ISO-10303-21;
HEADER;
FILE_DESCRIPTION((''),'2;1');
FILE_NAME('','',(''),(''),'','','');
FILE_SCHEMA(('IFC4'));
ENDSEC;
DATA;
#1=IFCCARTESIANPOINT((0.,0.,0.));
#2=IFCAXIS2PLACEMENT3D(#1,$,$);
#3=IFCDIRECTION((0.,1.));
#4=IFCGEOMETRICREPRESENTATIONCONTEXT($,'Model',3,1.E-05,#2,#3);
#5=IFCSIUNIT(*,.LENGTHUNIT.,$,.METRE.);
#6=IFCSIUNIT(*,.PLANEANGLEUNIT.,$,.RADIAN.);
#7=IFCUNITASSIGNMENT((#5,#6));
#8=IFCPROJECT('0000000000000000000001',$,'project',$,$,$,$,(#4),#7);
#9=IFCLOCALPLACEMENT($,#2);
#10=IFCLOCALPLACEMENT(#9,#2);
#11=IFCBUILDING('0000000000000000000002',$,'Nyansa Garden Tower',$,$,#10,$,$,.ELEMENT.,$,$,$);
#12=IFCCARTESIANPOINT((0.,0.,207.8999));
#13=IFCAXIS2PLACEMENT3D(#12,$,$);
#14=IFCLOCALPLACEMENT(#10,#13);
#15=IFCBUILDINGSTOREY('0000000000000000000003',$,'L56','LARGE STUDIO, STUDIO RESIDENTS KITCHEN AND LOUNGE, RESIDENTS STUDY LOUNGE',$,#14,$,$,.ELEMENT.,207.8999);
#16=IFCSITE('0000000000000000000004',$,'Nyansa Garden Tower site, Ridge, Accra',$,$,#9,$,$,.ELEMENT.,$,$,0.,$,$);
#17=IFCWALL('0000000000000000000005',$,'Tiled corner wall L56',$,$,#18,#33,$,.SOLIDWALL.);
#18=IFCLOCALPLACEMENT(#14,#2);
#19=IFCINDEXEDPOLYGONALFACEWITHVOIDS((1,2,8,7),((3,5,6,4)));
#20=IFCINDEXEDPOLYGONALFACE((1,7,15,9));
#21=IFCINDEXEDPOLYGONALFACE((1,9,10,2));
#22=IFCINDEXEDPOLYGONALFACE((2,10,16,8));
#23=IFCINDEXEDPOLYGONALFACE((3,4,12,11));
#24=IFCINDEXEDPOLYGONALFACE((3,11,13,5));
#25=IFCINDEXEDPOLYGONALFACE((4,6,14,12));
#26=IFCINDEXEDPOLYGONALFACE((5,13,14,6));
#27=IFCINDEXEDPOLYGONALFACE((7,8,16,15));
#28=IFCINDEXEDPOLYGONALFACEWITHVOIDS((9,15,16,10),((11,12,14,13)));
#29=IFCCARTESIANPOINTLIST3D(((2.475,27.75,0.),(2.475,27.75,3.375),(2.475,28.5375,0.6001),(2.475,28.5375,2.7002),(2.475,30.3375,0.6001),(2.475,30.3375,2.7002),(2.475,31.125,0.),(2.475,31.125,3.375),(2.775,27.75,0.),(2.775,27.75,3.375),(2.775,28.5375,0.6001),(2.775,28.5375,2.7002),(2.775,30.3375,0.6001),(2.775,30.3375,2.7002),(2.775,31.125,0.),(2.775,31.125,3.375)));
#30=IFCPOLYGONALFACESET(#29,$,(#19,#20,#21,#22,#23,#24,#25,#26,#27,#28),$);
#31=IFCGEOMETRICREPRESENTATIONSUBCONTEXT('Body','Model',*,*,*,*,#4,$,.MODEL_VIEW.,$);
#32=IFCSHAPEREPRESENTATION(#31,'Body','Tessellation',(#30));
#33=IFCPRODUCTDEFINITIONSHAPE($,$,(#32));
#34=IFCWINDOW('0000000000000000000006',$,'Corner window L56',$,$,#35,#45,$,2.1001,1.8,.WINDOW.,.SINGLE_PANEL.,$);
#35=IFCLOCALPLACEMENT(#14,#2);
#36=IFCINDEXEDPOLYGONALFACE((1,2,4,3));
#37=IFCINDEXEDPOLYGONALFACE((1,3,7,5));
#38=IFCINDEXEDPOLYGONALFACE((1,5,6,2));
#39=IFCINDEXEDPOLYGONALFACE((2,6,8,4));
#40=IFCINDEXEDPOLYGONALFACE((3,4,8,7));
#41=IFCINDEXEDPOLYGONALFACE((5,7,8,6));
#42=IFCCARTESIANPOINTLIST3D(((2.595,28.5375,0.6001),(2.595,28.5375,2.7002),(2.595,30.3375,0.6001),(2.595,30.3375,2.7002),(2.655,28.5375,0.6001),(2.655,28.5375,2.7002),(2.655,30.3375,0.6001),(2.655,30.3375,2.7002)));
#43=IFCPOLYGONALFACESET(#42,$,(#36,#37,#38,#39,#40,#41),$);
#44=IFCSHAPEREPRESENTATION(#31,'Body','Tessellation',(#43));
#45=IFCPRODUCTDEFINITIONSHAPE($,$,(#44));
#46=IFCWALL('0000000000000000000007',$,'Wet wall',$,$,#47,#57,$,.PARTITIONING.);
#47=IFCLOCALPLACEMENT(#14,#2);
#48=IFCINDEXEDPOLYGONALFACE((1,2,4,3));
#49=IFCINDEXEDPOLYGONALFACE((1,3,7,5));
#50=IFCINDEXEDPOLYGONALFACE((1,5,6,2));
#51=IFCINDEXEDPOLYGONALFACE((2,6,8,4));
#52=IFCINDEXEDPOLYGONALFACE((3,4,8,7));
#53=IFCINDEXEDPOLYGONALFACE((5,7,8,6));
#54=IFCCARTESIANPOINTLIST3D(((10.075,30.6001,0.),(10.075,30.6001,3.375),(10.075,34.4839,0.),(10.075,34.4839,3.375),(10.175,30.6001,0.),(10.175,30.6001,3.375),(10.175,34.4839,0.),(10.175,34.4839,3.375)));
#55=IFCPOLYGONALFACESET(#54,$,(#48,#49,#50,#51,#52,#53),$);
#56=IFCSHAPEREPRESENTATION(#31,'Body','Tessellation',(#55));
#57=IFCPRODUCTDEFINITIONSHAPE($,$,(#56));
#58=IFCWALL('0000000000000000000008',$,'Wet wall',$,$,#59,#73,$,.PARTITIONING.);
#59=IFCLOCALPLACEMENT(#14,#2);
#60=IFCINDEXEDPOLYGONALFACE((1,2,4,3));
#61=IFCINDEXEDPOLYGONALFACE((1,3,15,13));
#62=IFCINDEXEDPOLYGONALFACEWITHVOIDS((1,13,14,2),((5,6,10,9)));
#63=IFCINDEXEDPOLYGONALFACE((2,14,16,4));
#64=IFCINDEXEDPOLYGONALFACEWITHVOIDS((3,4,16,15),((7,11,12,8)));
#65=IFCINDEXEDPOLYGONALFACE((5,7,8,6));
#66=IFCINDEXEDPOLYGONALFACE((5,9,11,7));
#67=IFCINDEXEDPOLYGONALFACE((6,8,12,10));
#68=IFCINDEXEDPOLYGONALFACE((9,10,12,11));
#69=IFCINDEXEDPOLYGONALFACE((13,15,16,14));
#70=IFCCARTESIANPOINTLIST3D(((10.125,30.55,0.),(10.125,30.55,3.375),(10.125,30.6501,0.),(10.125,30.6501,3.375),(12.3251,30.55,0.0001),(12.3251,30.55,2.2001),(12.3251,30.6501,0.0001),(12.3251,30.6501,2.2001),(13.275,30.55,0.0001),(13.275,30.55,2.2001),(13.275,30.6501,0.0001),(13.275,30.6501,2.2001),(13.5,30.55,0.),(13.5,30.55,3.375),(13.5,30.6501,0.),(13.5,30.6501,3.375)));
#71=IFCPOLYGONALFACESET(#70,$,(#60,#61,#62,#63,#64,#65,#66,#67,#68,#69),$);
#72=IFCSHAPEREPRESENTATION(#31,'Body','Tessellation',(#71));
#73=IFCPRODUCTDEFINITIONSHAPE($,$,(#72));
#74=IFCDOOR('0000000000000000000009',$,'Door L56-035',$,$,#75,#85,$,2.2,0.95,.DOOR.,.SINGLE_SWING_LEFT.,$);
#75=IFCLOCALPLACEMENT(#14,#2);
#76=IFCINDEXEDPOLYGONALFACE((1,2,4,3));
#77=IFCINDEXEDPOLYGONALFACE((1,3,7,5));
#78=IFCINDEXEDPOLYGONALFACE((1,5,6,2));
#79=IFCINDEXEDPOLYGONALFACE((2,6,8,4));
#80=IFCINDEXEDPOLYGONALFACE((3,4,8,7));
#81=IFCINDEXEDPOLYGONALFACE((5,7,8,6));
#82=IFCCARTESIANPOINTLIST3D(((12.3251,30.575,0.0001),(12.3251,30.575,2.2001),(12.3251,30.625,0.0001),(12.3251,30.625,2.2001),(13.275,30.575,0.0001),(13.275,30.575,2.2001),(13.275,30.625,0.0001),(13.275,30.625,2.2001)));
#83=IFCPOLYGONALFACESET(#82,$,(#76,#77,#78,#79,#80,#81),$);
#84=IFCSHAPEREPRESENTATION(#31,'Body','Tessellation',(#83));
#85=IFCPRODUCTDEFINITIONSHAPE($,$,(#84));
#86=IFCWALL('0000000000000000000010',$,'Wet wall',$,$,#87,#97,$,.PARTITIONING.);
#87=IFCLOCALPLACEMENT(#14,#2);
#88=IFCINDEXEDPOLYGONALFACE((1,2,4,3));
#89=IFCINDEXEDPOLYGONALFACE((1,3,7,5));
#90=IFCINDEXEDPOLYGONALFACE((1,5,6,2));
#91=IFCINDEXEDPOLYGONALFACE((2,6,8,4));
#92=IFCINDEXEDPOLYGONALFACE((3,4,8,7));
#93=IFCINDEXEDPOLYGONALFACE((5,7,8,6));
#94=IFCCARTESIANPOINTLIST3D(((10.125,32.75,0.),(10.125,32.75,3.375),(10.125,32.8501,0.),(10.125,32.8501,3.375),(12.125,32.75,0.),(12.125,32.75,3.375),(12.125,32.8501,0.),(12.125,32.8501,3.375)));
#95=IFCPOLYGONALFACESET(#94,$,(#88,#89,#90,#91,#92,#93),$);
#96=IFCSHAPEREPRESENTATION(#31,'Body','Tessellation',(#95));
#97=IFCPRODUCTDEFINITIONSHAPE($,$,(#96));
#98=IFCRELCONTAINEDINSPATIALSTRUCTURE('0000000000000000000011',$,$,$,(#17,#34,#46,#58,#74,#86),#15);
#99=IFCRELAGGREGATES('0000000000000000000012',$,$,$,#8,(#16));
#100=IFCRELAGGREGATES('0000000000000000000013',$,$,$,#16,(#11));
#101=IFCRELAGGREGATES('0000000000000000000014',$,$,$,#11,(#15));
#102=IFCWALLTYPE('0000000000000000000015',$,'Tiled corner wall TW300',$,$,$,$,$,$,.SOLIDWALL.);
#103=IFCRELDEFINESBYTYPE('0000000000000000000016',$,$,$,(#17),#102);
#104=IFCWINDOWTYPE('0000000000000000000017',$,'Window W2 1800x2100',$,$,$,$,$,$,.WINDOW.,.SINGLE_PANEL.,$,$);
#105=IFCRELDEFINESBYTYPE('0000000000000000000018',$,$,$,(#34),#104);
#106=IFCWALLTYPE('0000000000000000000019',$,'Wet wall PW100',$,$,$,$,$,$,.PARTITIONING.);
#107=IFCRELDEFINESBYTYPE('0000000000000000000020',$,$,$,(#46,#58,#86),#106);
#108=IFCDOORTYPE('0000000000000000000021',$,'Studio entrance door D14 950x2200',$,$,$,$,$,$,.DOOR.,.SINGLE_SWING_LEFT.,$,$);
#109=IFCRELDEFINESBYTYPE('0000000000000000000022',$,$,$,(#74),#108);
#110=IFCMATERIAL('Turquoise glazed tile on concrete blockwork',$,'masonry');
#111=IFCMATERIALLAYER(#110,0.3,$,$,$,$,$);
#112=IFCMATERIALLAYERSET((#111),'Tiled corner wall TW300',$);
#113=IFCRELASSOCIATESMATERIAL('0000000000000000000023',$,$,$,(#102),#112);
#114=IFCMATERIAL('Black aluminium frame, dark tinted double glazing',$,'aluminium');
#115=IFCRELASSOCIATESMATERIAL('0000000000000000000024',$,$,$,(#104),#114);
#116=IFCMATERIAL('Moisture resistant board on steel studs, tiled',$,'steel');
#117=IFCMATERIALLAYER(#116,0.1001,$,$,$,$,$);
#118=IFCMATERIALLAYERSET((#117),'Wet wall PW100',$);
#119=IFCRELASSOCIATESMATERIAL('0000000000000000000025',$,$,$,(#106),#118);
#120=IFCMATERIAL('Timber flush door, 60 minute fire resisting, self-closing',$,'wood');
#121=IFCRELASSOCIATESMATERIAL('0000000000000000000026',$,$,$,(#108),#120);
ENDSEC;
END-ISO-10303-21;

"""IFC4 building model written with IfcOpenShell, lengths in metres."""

from ifc_helpers import new_model, si_unit, direction, frame, frame_2d, origin, place, context, subcontext, project, spatial, rectangle, extrude, material, layer, layer_set, type_object, element, fill, save


model = new_model("IFC4")

# Units and contexts
model_context = context("Model", 3, precision=1e-05, world=origin(), true_north=direction((0.0, 1.0)))
body_context = subcontext(model_context, "Body", "Model", "MODEL_VIEW")
ifc_project = project(units=[si_unit("LENGTHUNIT", "METRE"), si_unit("PLANEANGLEUNIT", "RADIAN")], contexts=[model_context])

# Site, building, storey
site_placement = place(None, origin())
site = spatial("IfcSite", under=ifc_project, at=site_placement, Name="Nyansa Garden Tower site, Ridge, Accra", CompositionType="ELEMENT", RefElevation=0.0)
building_placement = place(site_placement, origin())
building = spatial("IfcBuilding", under=site, at=building_placement, Name="Nyansa Garden Tower", CompositionType="ELEMENT")
storey_placement = place(building_placement, frame((0.0, 0.0, 207.8999)))
storey = spatial("IfcBuildingStorey", under=building, at=storey_placement, Name="L56", Description="LARGE STUDIO, STUDIO RESIDENTS KITCHEN AND LOUNGE, RESIDENTS STUDY LOUNGE", CompositionType="ELEMENT", Elevation=207.8999)

# Wall, opening, window
ifc_material_1 = material(Name="Turquoise glazed tile on concrete blockwork", Category="masonry")
ifc_layer_1 = layer(ifc_material_1, 0.3)
ifc_layer_set_1 = layer_set([ifc_layer_1], Name="Tiled corner wall TW300")
wall_type_1 = type_object("IfcWallType", Name="Tiled corner wall TW300", PredefinedType="SOLIDWALL", material=ifc_layer_set_1)
ifc_material_2 = material(Name="Black aluminium frame, dark tinted double glazing", Category="aluminium")
window_type = type_object("IfcWindowType", Name="Window W2 1800x2100", PartitioningType="SINGLE_PANEL", PredefinedType="WINDOW", material=ifc_material_2)
wall_1_placement = place(storey_placement, frame((2.625, 31.125, 0.0), z_axis=(0.0, 0.0, 1.0), x_axis=(0.0, -1.0, 0.0)))
wall_1 = element("IfcWall", 1, at=wall_1_placement, inside=storey, type_object=wall_type_1, Name="Tiled corner wall L56", PredefinedType="SOLIDWALL", context=body_context, shape_type="SweptSolid", body=[
    extrude(rectangle(XDim=3.375, YDim=0.3, at=frame_2d((1.6875, 0.0))), origin(), (0.0, 0.0, 1.0), 3.375),
])
opening_1_placement = place(wall_1_placement, frame((0.7876, 0.0, 0.6001)))
opening_1 = element("IfcOpeningElement", 2, at=opening_1_placement, cuts=wall_1, PredefinedType="OPENING", context=body_context, shape_type="SweptSolid", body=[
    extrude(rectangle(XDim=1.8, YDim=2.1001, at=frame_2d((0.8999, 1.05))), frame((0.0, 0.1599, 0.0), z_axis=(0.0, -1.0, 0.0), x_axis=(1.0, 0.0, 0.0)), (0.0, 0.0, 1.0), 0.3201),
])
window_1_placement = place(opening_1_placement, origin())
window_1 = element("IfcWindow", 3, at=window_1_placement, inside=storey, type_object=window_type, Name="Corner window L56", OverallHeight=2.1001, OverallWidth=1.8, PartitioningType="SINGLE_PANEL", PredefinedType="WINDOW", context=body_context, shape_type="SweptSolid", body=[
    extrude(rectangle(XDim=1.8, YDim=2.1001, at=frame_2d((0.8999, 1.05))), frame((0.0, 0.03, 0.0), z_axis=(0.0, -1.0, 0.0), x_axis=(1.0, 0.0, 0.0)), (0.0, 0.0, 1.0), 0.0601),
])
fill(opening_1, window_1)

# Wall
ifc_material_3 = material(Name="Moisture resistant board on steel studs, tiled", Category="steel")
ifc_layer_2 = layer(ifc_material_3, 0.1001)
ifc_layer_set_2 = layer_set([ifc_layer_2], Name="Wet wall PW100")
wall_type_2 = type_object("IfcWallType", Name="Wet wall PW100", PredefinedType="PARTITIONING", material=ifc_layer_set_2)
wall_2_placement = place(storey_placement, frame((10.125, 30.6001, 0.0), z_axis=(0.0, 0.0, 1.0), x_axis=(0.0, 1.0, 0.0)))
element("IfcWall", 4, at=wall_2_placement, inside=storey, type_object=wall_type_2, Name="Wet wall", PredefinedType="PARTITIONING", context=body_context, shape_type="SweptSolid", body=[
    extrude(rectangle(XDim=3.8838, YDim=0.1001, at=frame_2d((1.9419, 0.0))), origin(), (0.0, 0.0, 1.0), 3.375),
])

# Wall, opening, door
wall_3_placement = place(storey_placement, frame((10.125, 30.6001, 0.0), z_axis=(0.0, 0.0, 1.0), x_axis=(1.0, 0.0, 0.0)))
wall_3 = element("IfcWall", 5, at=wall_3_placement, inside=storey, type_object=wall_type_2, Name="Wet wall", PredefinedType="PARTITIONING", context=body_context, shape_type="SweptSolid", body=[
    extrude(rectangle(XDim=3.375, YDim=0.1001, at=frame_2d((1.6875, 0.0))), origin(), (0.0, 0.0, 1.0), 3.375),
])
opening_2_placement = place(wall_3_placement, frame((2.2, 0.0, 0.0)))
opening_2 = element("IfcOpeningElement", 6, at=opening_2_placement, cuts=wall_3, PredefinedType="OPENING", context=body_context, shape_type="SweptSolid", body=[
    extrude(rectangle(XDim=0.95, YDim=2.2, at=frame_2d((0.4751, 1.1001))), frame((0.0, 0.0601, 0.0), z_axis=(0.0, -1.0, 0.0), x_axis=(1.0, 0.0, 0.0)), (0.0, 0.0, 1.0), 0.1201),
])
ifc_material_4 = material(Name="Timber flush door, 60 minute fire resisting, self-closing", Category="wood")
door_type = type_object("IfcDoorType", Name="Studio entrance door D14 950x2200", OperationType="SINGLE_SWING_LEFT", PredefinedType="DOOR", material=ifc_material_4)
door_placement = place(opening_2_placement, origin())
door = element("IfcDoor", 7, at=door_placement, inside=storey, type_object=door_type, Name="Door L56-035", OperationType="SINGLE_SWING_LEFT", OverallHeight=2.2, OverallWidth=0.95, PredefinedType="DOOR", context=body_context, shape_type="SweptSolid", body=[
    extrude(rectangle(XDim=0.95, YDim=2.2, at=frame_2d((0.4751, 1.1001))), frame((0.0, 0.0249, 0.0), z_axis=(0.0, -1.0, 0.0), x_axis=(1.0, 0.0, 0.0)), (0.0, 0.0, 1.0), 0.05),
])
fill(opening_2, door)

# Wall
wall_4_placement = place(storey_placement, frame((10.125, 32.8, 0.0), z_axis=(0.0, 0.0, 1.0), x_axis=(1.0, 0.0, 0.0)))
element("IfcWall", 8, at=wall_4_placement, inside=storey, type_object=wall_type_2, Name="Wet wall", PredefinedType="PARTITIONING", context=body_context, shape_type="SweptSolid", body=[
    extrude(rectangle(XDim=2.0, YDim=0.1001, at=frame_2d((1.0, 0.0))), origin(), (0.0, 0.0, 1.0), 3.375),
])

save(model, "model.ifc")
